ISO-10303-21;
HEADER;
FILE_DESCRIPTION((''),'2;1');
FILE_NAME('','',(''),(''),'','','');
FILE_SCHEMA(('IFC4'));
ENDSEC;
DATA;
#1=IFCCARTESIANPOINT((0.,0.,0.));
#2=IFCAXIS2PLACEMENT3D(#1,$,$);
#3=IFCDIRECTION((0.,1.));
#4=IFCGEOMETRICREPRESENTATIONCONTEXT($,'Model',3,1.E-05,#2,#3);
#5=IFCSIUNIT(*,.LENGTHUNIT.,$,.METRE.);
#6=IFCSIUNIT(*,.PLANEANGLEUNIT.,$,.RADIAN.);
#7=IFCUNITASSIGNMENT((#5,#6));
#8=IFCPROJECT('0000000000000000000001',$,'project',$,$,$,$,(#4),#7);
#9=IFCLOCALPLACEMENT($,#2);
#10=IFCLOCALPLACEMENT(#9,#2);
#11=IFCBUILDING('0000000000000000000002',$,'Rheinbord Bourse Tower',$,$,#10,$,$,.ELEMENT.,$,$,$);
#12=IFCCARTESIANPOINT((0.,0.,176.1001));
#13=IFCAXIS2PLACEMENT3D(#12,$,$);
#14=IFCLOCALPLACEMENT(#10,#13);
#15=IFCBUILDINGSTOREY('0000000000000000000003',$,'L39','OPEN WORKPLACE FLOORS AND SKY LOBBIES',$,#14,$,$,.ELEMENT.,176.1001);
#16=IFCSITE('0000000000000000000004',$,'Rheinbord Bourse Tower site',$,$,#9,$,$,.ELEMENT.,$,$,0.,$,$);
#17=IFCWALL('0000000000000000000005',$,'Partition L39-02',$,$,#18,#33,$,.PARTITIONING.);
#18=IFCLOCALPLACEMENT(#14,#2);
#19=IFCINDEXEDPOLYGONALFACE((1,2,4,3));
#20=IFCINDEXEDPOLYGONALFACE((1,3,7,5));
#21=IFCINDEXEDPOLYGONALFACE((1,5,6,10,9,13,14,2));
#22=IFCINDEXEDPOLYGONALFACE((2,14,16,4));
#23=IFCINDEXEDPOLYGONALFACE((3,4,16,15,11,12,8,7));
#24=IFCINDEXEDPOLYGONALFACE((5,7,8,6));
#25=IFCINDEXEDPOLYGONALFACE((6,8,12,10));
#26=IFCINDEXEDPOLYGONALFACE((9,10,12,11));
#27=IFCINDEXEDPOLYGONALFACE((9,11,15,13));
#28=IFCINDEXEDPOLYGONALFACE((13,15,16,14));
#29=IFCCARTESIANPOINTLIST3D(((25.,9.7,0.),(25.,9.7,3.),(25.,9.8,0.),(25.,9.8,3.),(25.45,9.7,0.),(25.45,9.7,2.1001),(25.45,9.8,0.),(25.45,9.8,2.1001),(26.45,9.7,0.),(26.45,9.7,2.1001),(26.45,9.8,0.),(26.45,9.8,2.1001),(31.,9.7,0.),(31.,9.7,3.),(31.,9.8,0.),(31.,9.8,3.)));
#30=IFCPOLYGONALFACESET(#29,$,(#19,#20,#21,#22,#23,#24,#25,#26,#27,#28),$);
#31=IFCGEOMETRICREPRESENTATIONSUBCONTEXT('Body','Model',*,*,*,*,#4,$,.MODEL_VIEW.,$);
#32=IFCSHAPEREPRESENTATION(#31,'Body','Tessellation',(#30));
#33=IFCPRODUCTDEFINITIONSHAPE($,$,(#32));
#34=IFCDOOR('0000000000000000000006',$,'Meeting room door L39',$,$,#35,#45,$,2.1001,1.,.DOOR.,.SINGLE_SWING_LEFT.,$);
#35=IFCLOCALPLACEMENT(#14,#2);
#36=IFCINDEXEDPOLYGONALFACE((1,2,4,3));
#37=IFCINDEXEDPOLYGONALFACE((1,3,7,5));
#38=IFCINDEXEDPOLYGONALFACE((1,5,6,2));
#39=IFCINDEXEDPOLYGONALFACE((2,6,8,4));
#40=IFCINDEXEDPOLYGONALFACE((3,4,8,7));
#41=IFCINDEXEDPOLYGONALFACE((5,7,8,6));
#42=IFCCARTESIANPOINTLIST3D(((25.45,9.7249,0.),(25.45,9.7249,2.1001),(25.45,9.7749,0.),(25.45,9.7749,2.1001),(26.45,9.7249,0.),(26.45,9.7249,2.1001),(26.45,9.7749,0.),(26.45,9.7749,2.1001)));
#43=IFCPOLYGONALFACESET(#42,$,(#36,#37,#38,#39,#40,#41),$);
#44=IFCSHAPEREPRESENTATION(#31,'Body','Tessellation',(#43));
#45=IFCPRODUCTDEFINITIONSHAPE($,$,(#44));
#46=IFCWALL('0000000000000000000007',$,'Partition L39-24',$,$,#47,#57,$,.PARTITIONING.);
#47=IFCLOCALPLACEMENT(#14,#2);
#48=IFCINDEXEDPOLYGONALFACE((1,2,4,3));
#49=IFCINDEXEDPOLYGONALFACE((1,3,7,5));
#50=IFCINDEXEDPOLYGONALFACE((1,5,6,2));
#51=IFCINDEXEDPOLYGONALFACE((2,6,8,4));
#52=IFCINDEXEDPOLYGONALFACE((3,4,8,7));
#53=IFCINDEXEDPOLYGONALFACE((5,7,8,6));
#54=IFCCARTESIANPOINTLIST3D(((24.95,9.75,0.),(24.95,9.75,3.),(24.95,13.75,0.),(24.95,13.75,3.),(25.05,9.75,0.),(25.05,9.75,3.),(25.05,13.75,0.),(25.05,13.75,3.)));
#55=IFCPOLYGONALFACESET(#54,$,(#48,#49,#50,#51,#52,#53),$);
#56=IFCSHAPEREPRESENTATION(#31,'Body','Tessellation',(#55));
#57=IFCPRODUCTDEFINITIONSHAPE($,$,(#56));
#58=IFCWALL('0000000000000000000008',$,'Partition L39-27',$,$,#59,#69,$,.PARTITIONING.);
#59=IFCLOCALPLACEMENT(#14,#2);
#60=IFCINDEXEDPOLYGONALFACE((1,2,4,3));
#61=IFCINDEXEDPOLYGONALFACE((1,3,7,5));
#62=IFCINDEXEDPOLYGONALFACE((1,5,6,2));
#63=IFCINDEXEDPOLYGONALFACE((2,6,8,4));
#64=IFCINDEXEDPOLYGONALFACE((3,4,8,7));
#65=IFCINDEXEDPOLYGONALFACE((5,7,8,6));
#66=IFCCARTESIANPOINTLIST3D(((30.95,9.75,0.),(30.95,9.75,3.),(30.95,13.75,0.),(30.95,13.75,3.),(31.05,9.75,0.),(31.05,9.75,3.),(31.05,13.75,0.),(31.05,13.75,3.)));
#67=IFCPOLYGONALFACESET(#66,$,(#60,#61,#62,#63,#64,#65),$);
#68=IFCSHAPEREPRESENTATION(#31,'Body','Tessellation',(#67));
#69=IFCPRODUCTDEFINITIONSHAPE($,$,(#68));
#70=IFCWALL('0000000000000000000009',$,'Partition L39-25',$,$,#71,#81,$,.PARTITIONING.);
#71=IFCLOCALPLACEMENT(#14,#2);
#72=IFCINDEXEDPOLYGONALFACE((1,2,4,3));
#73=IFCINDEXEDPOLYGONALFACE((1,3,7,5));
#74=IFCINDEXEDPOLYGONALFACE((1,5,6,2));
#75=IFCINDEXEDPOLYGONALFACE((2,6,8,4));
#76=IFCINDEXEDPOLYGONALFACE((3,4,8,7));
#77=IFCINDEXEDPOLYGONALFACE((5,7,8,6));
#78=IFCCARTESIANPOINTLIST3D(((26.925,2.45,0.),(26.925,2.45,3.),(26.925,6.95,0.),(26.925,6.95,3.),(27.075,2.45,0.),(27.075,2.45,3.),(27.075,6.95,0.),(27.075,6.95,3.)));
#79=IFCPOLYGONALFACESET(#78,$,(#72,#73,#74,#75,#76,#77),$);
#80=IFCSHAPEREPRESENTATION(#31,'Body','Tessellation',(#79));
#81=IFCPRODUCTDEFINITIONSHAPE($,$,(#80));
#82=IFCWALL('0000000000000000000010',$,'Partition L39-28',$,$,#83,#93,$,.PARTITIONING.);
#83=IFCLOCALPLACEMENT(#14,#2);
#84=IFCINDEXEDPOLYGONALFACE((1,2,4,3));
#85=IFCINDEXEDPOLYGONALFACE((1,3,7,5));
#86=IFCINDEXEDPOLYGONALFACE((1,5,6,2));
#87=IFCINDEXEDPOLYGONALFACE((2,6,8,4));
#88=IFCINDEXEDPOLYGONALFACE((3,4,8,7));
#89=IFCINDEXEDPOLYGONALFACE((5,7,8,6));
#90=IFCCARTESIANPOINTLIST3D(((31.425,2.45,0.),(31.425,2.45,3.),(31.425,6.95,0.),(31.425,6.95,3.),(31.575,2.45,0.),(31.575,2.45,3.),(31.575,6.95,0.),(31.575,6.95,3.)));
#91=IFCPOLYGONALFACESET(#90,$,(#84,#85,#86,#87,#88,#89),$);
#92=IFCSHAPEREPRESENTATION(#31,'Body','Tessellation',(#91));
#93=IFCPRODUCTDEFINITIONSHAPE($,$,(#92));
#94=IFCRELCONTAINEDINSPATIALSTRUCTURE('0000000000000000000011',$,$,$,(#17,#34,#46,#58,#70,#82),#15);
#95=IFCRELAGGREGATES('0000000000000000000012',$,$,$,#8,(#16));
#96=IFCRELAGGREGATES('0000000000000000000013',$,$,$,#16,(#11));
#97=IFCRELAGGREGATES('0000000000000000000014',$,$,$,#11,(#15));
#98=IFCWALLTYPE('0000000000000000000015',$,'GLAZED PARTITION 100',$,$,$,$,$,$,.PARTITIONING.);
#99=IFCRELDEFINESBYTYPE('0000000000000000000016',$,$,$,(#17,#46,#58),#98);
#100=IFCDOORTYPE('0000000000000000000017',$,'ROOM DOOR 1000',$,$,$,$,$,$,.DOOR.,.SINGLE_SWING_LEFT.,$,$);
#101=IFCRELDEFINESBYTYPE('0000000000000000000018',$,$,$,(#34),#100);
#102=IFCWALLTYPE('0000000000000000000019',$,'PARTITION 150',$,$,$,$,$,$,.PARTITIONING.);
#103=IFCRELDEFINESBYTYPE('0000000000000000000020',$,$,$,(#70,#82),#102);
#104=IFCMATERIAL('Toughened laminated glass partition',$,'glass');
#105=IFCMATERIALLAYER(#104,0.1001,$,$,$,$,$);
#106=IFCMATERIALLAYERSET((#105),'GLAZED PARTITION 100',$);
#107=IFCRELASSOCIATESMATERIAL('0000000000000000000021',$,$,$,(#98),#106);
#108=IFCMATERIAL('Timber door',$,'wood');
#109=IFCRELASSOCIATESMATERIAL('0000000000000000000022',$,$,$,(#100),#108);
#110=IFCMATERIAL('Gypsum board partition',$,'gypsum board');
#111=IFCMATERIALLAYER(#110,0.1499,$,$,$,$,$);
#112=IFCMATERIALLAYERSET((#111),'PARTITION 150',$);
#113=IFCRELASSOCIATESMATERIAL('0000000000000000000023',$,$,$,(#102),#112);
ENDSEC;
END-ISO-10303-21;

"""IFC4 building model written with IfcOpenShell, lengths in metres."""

from ifc_helpers import new_model, si_unit, direction, frame, frame_2d, origin, place, context, subcontext, project, spatial, rectangle, extrude, material, layer, layer_set, type_object, element, fill, save


model = new_model("IFC4")

# Units and contexts
model_context = context("Model", 3, precision=1e-05, world=origin(), true_north=direction((0.0, 1.0)))
body_context = subcontext(model_context, "Body", "Model", "MODEL_VIEW")
ifc_project = project(units=[si_unit("LENGTHUNIT", "METRE"), si_unit("PLANEANGLEUNIT", "RADIAN")], contexts=[model_context])

# Site, building, storey
site_placement = place(None, origin())
site = spatial("IfcSite", under=ifc_project, at=site_placement, Name="Rheinbord Bourse Tower site", CompositionType="ELEMENT", RefElevation=0.0)
building_placement = place(site_placement, origin())
building = spatial("IfcBuilding", under=site, at=building_placement, Name="Rheinbord Bourse Tower", CompositionType="ELEMENT")
storey_placement = place(building_placement, frame((0.0, 0.0, 176.1001)))
storey = spatial("IfcBuildingStorey", under=building, at=storey_placement, Name="L39", Description="OPEN WORKPLACE FLOORS AND SKY LOBBIES", CompositionType="ELEMENT", Elevation=176.1001)

# Wall, opening, door
ifc_material_1 = material(Name="Toughened laminated glass partition", Category="glass")
ifc_layer_1 = layer(ifc_material_1, 0.1001)
ifc_layer_set_1 = layer_set([ifc_layer_1], Name="GLAZED PARTITION 100")
wall_type_1 = type_object("IfcWallType", Name="GLAZED PARTITION 100", PredefinedType="PARTITIONING", material=ifc_layer_set_1)
wall_1_placement = place(storey_placement, frame((25.0, 9.75, 0.0), z_axis=(0.0, 0.0, 1.0), x_axis=(1.0, 0.0, 0.0)))
wall_1 = element("IfcWall", 1, at=wall_1_placement, inside=storey, type_object=wall_type_1, Name="Partition L39-02", PredefinedType="PARTITIONING", context=body_context, shape_type="SweptSolid", body=[
    extrude(rectangle(XDim=6.0, YDim=0.1001, at=frame_2d((3.0, 0.0))), origin(), (0.0, 0.0, 1.0), 3.0),
])
opening_1_placement = place(wall_1_placement, frame((0.45, 0.0, 0.0)))
opening_1 = element("IfcOpeningElement", 2, at=opening_1_placement, cuts=wall_1, PredefinedType="OPENING", context=body_context, shape_type="SweptSolid", body=[
    extrude(rectangle(XDim=1.0, YDim=2.1001, at=frame_2d((0.5, 1.05))), frame((0.0, 0.0601, 0.0), z_axis=(0.0, -1.0, 0.0), x_axis=(1.0, 0.0, 0.0)), (0.0, 0.0, 1.0), 0.1201),
])
ifc_material_2 = material(Name="Timber door", Category="wood")
door_type_1 = type_object("IfcDoorType", Name="ROOM DOOR 1000", OperationType="SINGLE_SWING_LEFT", PredefinedType="DOOR", material=ifc_material_2)
door_1_placement = place(opening_1_placement, origin())
door_1 = element("IfcDoor", 3, at=door_1_placement, inside=storey, type_object=door_type_1, Name="Meeting room door L39", OperationType="SINGLE_SWING_LEFT", OverallHeight=2.1001, OverallWidth=1.0, PredefinedType="DOOR", context=body_context, shape_type="SweptSolid", body=[
    extrude(rectangle(XDim=1.0, YDim=2.1001, at=frame_2d((0.5, 1.05))), frame((0.0, 0.0249, 0.0), z_axis=(0.0, -1.0, 0.0), x_axis=(1.0, 0.0, 0.0)), (0.0, 0.0, 1.0), 0.05),
])
fill(opening_1, door_1)

# Walls
for number, where, z_axis, x_axis, name in (
    (4, (25.0, 9.75, 0.0), (0.0, 0.0, 1.0), (0.0, 1.0, 0.0), "Partition L39-24"),
    (5, (31.0, 9.75, 0.0), (0.0, 0.0, 1.0), (0.0, 1.0, 0.0), "Partition L39-27"),
):
    element("IfcWall", number, at=place(storey_placement, frame(where, z_axis=z_axis, x_axis=x_axis)), inside=storey, type_object=wall_type_1, Name=name, PredefinedType="PARTITIONING", context=body_context, shape_type="SweptSolid", body=[
        extrude(rectangle(XDim=4.0, YDim=0.1001, at=frame_2d((2.0, 0.0))), origin(), (0.0, 0.0, 1.0), 3.0),
    ])
ifc_material_3 = material(Name="Gypsum board partition", Category="gypsum board")
ifc_layer_2 = layer(ifc_material_3, 0.1499)
ifc_layer_set_2 = layer_set([ifc_layer_2], Name="PARTITION 150")
wall_type_2 = type_object("IfcWallType", Name="PARTITION 150", PredefinedType="PARTITIONING", material=ifc_layer_set_2)
for number, where, z_axis, x_axis, name in (
    (6, (27.0, 2.45, 0.0), (0.0, 0.0, 1.0), (0.0, 1.0, 0.0), "Partition L39-25"),
    (7, (31.5, 2.45, 0.0), (0.0, 0.0, 1.0), (0.0, 1.0, 0.0), "Partition L39-28"),
):
    element("IfcWall", number, at=place(storey_placement, frame(where, z_axis=z_axis, x_axis=x_axis)), inside=storey, type_object=wall_type_2, Name=name, PredefinedType="PARTITIONING", context=body_context, shape_type="SweptSolid", body=[
        extrude(rectangle(XDim=4.5, YDim=0.1499, at=frame_2d((2.25, 0.0))), origin(), (0.0, 0.0, 1.0), 3.0),
    ])

save(model, "model.ifc")
